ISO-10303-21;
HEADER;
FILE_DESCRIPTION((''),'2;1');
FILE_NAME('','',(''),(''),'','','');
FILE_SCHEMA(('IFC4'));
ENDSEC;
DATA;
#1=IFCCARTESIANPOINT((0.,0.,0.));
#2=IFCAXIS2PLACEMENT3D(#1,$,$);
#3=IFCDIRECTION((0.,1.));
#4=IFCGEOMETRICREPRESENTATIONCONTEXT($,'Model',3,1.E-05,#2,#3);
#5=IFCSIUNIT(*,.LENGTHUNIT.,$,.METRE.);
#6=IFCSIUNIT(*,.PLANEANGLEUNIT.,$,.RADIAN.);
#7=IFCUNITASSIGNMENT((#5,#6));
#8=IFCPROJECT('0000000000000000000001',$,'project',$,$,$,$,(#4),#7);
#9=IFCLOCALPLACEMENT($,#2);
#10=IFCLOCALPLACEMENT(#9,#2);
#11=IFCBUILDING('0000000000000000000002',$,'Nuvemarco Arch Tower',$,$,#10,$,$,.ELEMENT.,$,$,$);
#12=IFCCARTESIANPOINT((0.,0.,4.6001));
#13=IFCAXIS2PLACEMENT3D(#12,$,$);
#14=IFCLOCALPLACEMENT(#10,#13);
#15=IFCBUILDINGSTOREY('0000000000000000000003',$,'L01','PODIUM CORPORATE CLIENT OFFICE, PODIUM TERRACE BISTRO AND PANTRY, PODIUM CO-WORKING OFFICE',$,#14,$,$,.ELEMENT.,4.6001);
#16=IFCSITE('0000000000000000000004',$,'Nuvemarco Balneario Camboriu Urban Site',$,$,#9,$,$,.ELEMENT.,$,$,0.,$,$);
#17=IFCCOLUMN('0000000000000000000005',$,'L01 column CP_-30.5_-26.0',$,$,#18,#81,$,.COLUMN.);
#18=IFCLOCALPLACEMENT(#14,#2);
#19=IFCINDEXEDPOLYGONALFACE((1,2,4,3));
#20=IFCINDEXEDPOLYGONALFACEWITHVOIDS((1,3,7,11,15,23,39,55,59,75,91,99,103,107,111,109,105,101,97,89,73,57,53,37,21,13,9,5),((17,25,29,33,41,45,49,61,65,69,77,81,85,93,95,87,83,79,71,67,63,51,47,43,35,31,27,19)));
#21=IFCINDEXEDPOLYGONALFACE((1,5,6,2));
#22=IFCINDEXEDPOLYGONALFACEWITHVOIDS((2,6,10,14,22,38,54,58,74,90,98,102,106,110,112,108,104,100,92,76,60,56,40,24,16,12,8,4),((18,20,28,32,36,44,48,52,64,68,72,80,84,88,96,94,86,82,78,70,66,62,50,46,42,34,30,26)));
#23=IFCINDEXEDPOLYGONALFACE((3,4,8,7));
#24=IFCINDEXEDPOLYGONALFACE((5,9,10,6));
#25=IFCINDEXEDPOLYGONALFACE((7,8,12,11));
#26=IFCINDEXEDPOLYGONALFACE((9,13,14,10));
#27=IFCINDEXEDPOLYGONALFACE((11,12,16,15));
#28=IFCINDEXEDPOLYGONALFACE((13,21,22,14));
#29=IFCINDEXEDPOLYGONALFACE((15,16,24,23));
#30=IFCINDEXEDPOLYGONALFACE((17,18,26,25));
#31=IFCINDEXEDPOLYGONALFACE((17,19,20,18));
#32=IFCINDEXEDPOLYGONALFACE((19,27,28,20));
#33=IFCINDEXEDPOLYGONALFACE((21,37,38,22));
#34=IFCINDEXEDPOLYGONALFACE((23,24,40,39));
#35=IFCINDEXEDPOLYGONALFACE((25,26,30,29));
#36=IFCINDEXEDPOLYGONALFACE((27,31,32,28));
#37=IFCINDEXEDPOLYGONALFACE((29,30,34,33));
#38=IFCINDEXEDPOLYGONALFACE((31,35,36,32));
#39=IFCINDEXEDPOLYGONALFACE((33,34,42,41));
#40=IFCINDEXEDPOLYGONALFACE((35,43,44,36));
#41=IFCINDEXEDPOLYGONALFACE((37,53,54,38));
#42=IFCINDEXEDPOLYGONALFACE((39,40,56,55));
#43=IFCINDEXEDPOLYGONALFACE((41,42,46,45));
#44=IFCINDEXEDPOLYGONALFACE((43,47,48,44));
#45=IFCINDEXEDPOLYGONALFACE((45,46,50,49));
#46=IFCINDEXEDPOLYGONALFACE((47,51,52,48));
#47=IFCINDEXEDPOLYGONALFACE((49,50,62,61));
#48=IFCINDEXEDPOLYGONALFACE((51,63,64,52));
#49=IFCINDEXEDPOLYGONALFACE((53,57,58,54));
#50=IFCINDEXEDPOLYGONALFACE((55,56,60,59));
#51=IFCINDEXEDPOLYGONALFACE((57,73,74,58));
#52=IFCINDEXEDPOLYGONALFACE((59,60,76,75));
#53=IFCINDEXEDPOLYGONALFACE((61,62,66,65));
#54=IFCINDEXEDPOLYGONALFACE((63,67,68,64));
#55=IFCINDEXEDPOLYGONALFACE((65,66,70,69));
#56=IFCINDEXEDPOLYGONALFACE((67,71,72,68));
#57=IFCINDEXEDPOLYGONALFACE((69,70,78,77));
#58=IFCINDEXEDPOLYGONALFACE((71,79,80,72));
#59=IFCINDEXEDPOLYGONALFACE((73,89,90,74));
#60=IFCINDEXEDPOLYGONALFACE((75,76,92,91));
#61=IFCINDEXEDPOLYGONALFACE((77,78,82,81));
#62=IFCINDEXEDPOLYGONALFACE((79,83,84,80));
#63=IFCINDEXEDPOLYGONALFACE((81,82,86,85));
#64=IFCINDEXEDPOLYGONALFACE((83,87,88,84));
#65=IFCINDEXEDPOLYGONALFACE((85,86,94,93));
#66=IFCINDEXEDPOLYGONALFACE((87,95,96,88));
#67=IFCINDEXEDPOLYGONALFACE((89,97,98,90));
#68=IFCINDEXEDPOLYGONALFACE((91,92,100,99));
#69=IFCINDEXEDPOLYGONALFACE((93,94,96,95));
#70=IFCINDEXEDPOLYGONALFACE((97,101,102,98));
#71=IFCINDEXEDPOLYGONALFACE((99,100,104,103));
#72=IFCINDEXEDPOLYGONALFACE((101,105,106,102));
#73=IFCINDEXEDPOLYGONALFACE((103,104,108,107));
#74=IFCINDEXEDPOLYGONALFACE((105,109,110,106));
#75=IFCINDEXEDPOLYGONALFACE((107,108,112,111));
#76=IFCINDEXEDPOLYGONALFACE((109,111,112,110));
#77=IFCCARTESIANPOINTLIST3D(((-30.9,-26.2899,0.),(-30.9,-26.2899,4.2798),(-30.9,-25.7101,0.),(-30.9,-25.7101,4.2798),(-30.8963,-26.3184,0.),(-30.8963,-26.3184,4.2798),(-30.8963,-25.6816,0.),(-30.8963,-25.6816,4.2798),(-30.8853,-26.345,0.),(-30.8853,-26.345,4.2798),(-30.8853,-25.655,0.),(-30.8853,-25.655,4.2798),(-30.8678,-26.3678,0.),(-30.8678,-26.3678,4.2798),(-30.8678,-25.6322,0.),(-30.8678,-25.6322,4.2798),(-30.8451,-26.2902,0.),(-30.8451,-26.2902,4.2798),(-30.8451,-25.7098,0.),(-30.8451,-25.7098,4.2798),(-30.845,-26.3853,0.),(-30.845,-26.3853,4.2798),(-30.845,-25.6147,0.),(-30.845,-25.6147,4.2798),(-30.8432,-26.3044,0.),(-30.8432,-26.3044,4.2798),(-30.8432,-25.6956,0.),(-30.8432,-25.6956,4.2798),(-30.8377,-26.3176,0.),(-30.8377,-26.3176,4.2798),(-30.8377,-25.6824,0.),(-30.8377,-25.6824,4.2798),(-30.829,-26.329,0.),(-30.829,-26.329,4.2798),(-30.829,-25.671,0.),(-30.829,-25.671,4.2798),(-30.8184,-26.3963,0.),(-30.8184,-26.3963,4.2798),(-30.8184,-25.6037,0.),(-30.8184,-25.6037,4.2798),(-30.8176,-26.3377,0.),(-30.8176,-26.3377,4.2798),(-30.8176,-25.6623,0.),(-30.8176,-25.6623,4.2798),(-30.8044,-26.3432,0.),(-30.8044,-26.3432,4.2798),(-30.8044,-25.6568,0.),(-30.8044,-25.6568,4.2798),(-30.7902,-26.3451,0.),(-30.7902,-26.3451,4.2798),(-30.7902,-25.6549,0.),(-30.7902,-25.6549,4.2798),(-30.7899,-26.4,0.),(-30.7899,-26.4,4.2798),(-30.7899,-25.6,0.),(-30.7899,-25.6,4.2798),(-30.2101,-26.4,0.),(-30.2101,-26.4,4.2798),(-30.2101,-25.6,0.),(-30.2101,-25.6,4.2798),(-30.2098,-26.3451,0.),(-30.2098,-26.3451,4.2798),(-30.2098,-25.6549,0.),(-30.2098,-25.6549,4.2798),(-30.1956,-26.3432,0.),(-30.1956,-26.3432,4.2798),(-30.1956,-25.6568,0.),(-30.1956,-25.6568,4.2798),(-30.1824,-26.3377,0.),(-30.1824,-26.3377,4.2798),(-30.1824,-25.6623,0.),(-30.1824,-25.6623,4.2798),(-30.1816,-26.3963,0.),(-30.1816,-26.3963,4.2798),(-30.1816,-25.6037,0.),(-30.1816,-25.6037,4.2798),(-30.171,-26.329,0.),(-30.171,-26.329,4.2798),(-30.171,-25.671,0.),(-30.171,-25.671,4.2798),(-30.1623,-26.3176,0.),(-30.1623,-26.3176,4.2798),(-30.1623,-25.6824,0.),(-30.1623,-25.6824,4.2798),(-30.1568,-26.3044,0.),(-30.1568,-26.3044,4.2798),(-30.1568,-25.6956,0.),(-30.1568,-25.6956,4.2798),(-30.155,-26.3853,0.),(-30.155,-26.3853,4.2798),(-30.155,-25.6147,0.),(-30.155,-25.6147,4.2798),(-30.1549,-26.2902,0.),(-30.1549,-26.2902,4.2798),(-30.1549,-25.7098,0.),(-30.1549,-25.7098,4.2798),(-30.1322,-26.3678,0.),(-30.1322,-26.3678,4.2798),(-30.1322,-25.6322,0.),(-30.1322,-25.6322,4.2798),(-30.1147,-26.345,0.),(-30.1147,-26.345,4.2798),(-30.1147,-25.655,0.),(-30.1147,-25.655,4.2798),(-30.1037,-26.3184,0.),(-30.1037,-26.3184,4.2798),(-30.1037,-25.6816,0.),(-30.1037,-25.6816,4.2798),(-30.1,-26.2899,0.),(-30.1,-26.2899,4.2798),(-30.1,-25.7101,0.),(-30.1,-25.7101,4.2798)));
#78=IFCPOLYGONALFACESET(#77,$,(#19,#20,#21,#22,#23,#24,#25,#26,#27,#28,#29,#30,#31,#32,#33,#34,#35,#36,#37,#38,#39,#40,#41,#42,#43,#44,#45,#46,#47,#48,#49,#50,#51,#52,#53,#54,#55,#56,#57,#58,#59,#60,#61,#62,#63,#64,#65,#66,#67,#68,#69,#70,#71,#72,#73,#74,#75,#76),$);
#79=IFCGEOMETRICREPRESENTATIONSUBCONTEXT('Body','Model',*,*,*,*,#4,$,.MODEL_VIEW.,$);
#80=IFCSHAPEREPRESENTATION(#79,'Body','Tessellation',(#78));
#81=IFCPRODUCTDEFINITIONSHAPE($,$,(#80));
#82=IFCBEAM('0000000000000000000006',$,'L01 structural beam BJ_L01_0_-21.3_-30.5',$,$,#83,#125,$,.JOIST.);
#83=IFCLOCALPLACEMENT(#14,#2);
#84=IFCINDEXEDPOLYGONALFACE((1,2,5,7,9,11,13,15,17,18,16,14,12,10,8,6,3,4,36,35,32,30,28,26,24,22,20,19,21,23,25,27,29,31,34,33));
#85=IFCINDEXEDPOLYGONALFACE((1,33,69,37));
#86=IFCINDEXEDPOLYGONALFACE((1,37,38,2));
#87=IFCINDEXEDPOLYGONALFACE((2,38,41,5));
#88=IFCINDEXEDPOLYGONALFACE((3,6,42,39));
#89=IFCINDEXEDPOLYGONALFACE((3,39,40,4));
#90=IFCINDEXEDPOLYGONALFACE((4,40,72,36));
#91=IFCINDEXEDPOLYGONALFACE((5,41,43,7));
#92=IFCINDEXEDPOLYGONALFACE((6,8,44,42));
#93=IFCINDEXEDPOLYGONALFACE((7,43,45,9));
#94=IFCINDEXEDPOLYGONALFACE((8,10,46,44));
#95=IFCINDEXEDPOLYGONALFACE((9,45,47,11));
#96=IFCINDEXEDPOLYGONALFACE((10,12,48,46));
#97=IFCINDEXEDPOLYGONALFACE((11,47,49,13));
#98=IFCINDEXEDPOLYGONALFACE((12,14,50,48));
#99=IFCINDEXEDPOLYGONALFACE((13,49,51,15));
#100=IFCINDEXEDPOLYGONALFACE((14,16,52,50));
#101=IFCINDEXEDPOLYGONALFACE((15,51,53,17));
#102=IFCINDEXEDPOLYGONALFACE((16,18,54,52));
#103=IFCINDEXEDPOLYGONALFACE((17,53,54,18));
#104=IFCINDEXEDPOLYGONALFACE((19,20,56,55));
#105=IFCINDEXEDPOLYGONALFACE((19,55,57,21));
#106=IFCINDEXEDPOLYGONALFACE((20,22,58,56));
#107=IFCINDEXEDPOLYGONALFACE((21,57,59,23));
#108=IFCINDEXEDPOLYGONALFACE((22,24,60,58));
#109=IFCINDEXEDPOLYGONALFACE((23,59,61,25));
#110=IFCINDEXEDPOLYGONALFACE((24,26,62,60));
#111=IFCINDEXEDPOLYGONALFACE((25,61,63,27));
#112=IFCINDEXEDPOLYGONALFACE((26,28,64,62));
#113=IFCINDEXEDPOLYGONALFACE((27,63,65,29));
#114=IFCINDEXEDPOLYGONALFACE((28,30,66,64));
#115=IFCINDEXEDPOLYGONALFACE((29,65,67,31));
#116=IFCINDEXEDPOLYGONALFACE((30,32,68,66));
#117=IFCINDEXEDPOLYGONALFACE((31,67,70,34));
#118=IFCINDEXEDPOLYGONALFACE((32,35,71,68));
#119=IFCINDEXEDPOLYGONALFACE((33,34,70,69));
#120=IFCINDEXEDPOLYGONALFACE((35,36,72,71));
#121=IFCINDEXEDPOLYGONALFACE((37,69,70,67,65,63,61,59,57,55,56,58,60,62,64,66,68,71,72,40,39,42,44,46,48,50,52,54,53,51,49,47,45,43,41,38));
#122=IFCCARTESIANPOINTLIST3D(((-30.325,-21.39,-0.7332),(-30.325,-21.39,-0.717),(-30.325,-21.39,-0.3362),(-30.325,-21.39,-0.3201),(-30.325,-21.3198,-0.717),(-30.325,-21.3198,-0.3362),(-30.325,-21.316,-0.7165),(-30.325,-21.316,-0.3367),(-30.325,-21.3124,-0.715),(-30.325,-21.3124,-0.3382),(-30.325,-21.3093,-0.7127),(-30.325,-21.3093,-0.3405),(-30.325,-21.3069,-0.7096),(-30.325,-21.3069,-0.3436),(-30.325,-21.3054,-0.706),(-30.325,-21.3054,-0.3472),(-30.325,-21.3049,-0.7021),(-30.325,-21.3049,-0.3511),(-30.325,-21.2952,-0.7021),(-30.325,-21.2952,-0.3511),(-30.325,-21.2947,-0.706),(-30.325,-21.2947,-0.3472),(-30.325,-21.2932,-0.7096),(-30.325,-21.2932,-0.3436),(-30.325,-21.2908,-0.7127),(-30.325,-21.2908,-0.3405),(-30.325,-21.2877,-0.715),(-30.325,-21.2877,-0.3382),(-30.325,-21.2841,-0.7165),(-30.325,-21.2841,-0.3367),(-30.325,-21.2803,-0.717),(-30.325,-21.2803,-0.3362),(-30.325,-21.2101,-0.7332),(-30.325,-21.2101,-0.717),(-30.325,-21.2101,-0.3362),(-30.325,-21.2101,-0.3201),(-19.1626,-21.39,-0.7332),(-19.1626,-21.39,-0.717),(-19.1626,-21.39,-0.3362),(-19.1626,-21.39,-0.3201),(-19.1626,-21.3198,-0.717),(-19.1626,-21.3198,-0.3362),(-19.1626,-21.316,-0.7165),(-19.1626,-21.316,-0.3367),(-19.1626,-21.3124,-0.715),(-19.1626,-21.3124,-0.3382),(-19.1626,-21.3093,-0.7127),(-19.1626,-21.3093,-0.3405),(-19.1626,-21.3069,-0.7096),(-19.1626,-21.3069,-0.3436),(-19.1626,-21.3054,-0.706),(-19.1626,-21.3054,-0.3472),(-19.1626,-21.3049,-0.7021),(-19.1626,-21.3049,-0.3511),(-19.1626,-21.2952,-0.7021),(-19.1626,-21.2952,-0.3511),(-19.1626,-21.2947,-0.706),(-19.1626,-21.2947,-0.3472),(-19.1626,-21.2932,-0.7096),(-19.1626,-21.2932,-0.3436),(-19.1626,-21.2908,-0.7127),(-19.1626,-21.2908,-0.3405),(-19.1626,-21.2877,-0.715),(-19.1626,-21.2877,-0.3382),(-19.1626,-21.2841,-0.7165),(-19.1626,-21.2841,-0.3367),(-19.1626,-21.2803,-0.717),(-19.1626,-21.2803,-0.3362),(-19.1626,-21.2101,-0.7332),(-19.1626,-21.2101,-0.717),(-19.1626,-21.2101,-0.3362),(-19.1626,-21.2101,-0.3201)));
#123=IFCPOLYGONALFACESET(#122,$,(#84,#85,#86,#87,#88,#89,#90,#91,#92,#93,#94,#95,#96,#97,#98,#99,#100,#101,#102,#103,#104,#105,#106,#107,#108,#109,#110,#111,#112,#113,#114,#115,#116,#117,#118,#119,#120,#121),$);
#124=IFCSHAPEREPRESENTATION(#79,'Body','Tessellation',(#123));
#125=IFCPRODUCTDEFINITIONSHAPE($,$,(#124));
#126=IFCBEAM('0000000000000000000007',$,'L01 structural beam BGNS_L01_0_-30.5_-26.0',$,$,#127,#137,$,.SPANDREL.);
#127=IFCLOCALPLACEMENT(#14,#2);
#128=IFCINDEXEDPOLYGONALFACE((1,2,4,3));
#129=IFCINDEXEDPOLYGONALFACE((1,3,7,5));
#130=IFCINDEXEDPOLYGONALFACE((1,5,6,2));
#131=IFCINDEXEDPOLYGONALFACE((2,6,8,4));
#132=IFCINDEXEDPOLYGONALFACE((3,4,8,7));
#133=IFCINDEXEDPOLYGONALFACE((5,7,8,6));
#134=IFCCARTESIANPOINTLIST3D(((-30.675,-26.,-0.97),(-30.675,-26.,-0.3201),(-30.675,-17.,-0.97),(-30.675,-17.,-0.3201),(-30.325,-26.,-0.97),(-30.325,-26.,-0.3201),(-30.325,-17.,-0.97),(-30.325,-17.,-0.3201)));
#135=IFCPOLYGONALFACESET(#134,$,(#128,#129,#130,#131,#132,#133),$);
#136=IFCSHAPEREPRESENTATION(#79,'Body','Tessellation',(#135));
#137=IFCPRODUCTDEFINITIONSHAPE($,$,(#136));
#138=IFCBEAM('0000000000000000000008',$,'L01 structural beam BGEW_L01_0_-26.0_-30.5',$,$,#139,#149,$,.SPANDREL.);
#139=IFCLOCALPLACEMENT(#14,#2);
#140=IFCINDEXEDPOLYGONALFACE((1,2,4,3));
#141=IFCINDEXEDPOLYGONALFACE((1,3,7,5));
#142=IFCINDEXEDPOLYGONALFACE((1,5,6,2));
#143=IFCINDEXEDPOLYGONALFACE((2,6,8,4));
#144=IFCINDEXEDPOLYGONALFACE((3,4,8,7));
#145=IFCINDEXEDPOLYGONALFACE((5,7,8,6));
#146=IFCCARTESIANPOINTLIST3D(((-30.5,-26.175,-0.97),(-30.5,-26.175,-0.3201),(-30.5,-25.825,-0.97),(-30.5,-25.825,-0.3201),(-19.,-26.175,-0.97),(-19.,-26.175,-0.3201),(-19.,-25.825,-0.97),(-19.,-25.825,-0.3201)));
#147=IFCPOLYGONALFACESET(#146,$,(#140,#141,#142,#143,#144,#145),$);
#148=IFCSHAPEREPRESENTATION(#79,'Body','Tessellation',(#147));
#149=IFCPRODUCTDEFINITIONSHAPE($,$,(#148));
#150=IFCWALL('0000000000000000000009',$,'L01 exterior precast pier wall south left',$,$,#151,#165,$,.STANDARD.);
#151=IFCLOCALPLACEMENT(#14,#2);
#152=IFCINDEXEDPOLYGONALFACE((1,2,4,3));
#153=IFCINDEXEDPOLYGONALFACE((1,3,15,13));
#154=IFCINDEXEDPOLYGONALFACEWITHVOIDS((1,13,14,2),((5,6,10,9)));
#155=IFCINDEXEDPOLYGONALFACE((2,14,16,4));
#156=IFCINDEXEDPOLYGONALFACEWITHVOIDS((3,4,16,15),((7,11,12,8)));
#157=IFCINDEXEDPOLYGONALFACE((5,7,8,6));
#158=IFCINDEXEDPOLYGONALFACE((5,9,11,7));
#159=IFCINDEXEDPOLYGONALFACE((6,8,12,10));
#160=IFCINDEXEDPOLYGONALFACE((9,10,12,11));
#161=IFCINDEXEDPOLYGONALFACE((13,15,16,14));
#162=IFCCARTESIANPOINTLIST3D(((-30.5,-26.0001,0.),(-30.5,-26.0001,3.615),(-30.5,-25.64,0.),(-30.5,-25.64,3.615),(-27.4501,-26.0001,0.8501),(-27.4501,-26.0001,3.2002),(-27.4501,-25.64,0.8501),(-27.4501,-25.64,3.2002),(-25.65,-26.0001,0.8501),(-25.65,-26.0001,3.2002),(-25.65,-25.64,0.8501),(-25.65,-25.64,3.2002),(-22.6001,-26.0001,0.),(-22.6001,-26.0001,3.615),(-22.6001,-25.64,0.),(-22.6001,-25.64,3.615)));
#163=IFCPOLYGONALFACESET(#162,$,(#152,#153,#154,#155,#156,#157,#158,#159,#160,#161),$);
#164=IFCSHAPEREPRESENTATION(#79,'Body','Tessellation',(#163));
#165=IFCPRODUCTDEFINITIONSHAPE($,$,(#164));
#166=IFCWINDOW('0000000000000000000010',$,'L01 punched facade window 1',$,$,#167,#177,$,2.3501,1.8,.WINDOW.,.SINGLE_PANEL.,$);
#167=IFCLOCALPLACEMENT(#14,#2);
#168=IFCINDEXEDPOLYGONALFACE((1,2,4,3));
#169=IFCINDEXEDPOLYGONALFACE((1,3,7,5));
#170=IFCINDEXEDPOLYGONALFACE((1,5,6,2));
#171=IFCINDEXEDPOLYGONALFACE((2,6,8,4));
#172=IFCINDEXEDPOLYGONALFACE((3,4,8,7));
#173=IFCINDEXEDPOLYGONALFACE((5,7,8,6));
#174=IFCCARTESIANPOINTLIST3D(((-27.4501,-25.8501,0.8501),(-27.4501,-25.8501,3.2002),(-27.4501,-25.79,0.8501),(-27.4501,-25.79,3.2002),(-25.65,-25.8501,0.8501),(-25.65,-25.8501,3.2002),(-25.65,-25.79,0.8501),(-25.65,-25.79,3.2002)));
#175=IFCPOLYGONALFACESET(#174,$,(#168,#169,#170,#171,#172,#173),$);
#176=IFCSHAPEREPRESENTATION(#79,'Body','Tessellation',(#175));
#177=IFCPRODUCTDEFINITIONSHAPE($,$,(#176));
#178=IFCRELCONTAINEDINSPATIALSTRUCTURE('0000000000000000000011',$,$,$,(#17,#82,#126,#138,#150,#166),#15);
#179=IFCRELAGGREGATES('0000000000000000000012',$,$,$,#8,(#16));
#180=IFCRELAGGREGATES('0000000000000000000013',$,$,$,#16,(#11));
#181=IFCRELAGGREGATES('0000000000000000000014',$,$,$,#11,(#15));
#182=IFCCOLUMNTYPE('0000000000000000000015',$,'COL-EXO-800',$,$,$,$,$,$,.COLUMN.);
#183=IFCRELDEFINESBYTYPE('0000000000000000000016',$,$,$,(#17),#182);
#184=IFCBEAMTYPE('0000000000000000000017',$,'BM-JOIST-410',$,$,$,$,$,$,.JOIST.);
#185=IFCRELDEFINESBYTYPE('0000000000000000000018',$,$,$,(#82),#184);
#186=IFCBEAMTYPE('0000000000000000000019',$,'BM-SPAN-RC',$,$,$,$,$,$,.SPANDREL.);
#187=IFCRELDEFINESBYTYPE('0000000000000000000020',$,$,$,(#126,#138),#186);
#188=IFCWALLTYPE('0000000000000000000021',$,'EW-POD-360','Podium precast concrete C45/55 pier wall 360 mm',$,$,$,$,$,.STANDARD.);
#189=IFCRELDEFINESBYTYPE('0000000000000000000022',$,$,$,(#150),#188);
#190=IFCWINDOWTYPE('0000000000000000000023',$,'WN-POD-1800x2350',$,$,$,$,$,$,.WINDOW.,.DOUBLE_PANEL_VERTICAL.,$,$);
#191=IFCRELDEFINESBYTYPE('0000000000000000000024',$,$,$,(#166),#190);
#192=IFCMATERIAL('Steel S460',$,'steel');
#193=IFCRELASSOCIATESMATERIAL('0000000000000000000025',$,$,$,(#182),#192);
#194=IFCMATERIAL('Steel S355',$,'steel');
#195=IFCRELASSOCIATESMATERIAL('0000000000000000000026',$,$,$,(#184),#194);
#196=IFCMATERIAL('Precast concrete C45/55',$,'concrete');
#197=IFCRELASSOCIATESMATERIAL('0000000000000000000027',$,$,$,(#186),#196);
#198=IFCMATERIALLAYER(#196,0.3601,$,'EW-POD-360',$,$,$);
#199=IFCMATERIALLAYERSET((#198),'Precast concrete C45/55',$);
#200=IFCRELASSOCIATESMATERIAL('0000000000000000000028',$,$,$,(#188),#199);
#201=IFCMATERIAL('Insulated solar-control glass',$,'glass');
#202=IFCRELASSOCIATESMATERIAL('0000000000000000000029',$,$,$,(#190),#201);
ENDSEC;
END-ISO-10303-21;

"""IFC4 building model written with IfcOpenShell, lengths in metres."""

from ifc_helpers import new_model, si_unit, direction, frame, frame_2d, origin, origin_2d, place, context, subcontext, project, spatial, rectangle, hollow_rectangle, i_section, extrude, source, transform, mapped, material, layer, layer_set, material_profile, profile_set, type_object, type_shapes, element, fill, save


model = new_model("IFC4")

# Units and contexts
model_context = context("Model", 3, precision=1e-05, world=origin(), true_north=direction((0.0, 1.0)))
body_context = subcontext(model_context, "Body", "Model", "MODEL_VIEW")
ifc_project = project(units=[si_unit("LENGTHUNIT", "METRE"), si_unit("PLANEANGLEUNIT", "RADIAN")], contexts=[model_context])

# Site, building, storey
site_placement = place(None, origin())
site = spatial("IfcSite", under=ifc_project, at=site_placement, Name="Nuvemarco Balneario Camboriu Urban Site", CompositionType="ELEMENT", RefElevation=0.0)
building_placement = place(site_placement, origin())
building = spatial("IfcBuilding", under=site, at=building_placement, Name="Nuvemarco Arch Tower", CompositionType="ELEMENT")
storey_placement = place(building_placement, frame((0.0, 0.0, 4.6001)))
storey = spatial("IfcBuildingStorey", under=building, at=storey_placement, Name="L01", Description="PODIUM CORPORATE CLIENT OFFICE, PODIUM TERRACE BISTRO AND PANTRY, PODIUM CO-WORKING OFFICE", CompositionType="ELEMENT", Elevation=4.6001)

# Column
ifc_material_1 = material(Name="Steel S460", Category="steel")
ifc_material_profile_1 = material_profile(ifc_material_1, hollow_rectangle(XDim=0.8, YDim=0.8, WallThickness=0.0549, InnerFilletRadius=0.0549, OuterFilletRadius=0.1101, at=origin_2d()), Name="SHS800x800x55")
ifc_profile_set_1 = profile_set([ifc_material_profile_1], Name="Steel S460")
column_type = type_object("IfcColumnType", Name="COL-EXO-800", PredefinedType="COLUMN", material=ifc_profile_set_1)
column_placement = place(storey_placement, frame((-30.5, -26.0, 0.0), z_axis=(0.0, 0.0, 1.0), x_axis=(1.0, 0.0, 0.0)))
element("IfcColumn", 1, at=column_placement, inside=storey, type_object=column_type, Name="L01 column CP_-30.5_-26.0", PredefinedType="COLUMN", context=body_context, shape_type="SweptSolid", body=[
    extrude(hollow_rectangle(XDim=0.8, YDim=0.8, WallThickness=0.0549, InnerFilletRadius=0.0549, OuterFilletRadius=0.1101, at=origin_2d()), origin(), (0.0, 0.0, 1.0), 4.2798),
])

# Beams
ifc_material_2 = material(Name="Steel S355", Category="steel")
ifc_material_profile_2 = material_profile(ifc_material_2, i_section(OverallWidth=0.1799, OverallDepth=0.4131, WebThickness=0.0098, FlangeThickness=0.0161, FilletRadius=0.0149, at=origin_2d()), Name="W410x75")
ifc_profile_set_2 = profile_set([ifc_material_profile_2], Name="Steel S355")
beam_type_1 = type_object("IfcBeamType", Name="BM-JOIST-410", PredefinedType="JOIST", material=ifc_profile_set_2)
beam_1_placement = place(storey_placement, frame((-30.325, -21.3, -0.5266), z_axis=(1.0, 0.0, 0.0), x_axis=(0.0, 1.0, 0.0)))
element("IfcBeam", 2, at=beam_1_placement, inside=storey, type_object=beam_type_1, Name="L01 structural beam BJ_L01_0_-21.3_-30.5", PredefinedType="JOIST", context=body_context, shape_type="SweptSolid", body=[
    extrude(i_section(OverallWidth=0.1799, OverallDepth=0.4131, WebThickness=0.0098, FlangeThickness=0.0161, FilletRadius=0.0149, at=origin_2d()), origin(), (0.0, 0.0, 1.0), 11.1624),
])
ifc_material_3 = material(Name="Precast concrete C45/55", Category="concrete")
ifc_material_profile_3 = material_profile(ifc_material_3, rectangle(XDim=0.3501, YDim=0.6499, at=origin_2d()), Name="PC-SP-350x650")
ifc_profile_set_3 = profile_set([ifc_material_profile_3], Name="Precast concrete C45/55")
beam_type_2 = type_object("IfcBeamType", Name="BM-SPAN-RC", PredefinedType="SPANDREL", material=ifc_profile_set_3)
beam_2_placement = place(storey_placement, frame((-30.5, -26.0, -0.645), z_axis=(0.0, 1.0, 0.0), x_axis=(-1.0, 0.0, 0.0)))
element("IfcBeam", 3, at=beam_2_placement, inside=storey, type_object=beam_type_2, Name="L01 structural beam BGNS_L01_0_-30.5_-26.0", PredefinedType="SPANDREL", context=body_context, shape_type="SweptSolid", body=[
    extrude(rectangle(XDim=0.3501, YDim=0.6499, at=origin_2d()), origin(), (0.0, 0.0, 1.0), 9.0),
])
beam_3_placement = place(storey_placement, frame((-30.5, -26.0, -0.645), z_axis=(1.0, 0.0, 0.0), x_axis=(0.0, 1.0, 0.0)))
element("IfcBeam", 4, at=beam_3_placement, inside=storey, type_object=beam_type_2, Name="L01 structural beam BGEW_L01_0_-26.0_-30.5", PredefinedType="SPANDREL", context=body_context, shape_type="SweptSolid", body=[
    extrude(rectangle(XDim=0.3501, YDim=0.6499, at=origin_2d()), origin(), (0.0, 0.0, 1.0), 11.5),
])

# Shared definitions
ifc_material_4 = material(Name="Insulated solar-control glass", Category="glass")

# Wall, opening, window
ifc_layer_1 = layer(ifc_material_3, 0.3601, Name="EW-POD-360")
ifc_layer_set_1 = layer_set([ifc_layer_1], Name="Precast concrete C45/55")
wall_type = type_object("IfcWallType", Name="EW-POD-360", Description="Podium precast concrete C45/55 pier wall 360 mm", PredefinedType="STANDARD", material=ifc_layer_set_1)
wall_1_placement = place(storey_placement, frame((-30.5, -25.8201, 0.0), z_axis=(0.0, 0.0, 1.0), x_axis=(1.0, 0.0, 0.0)))
wall_1 = element("IfcWall", 5, at=wall_1_placement, inside=storey, type_object=wall_type, Name="L01 exterior precast pier wall south left", PredefinedType="STANDARD", context=body_context, shape_type="SweptSolid", body=[
    extrude(rectangle(XDim=7.8999, YDim=0.3601, at=frame_2d((3.95, 0.0))), origin(), (0.0, 0.0, 1.0), 3.615),
])
opening_1_placement = place(wall_1_placement, frame((3.05, 0.0, 0.8501)))
opening_1 = element("IfcOpeningElement", 6, at=opening_1_placement, cuts=wall_1, PredefinedType="OPENING", context=body_context, shape_type="SweptSolid", body=[
    extrude(rectangle(XDim=1.8, YDim=2.3501, at=frame_2d((0.8999, 1.175))), frame((0.0, 0.1899, 0.0), z_axis=(0.0, -1.0, 0.0), x_axis=(1.0, 0.0, 0.0)), (0.0, 0.0, 1.0), 0.3801),
])
window_type_1 = type_object("IfcWindowType", Name="WN-POD-1800x2350", PartitioningType="DOUBLE_PANEL_VERTICAL", PredefinedType="WINDOW", material=ifc_material_4)
shared_shape_1 = source(origin(), body_context, "Body", "SweptSolid", [
    extrude(rectangle(XDim=1.8, YDim=2.3501, at=frame_2d((0.8999, 1.175))), frame((0.0, 0.03, 0.0), z_axis=(0.0, -1.0, 0.0), x_axis=(1.0, 0.0, 0.0)), (0.0, 0.0, 1.0), 0.0601),
])
type_shapes(window_type_1, [shared_shape_1])
window_1_placement = place(opening_1_placement, origin())
window_1 = element("IfcWindow", 7, at=window_1_placement, inside=storey, type_object=window_type_1, Name="L01 punched facade window 1", OverallHeight=2.3501, OverallWidth=1.8, PartitioningType="SINGLE_PANEL", PredefinedType="WINDOW", context=body_context, shape_type="MappedRepresentation", body=[
    mapped(shared_shape_1, transform((0.0, 0.0, 0.0), scale=1.0)),
])
fill(opening_1, window_1)

save(model, "model.ifc")
